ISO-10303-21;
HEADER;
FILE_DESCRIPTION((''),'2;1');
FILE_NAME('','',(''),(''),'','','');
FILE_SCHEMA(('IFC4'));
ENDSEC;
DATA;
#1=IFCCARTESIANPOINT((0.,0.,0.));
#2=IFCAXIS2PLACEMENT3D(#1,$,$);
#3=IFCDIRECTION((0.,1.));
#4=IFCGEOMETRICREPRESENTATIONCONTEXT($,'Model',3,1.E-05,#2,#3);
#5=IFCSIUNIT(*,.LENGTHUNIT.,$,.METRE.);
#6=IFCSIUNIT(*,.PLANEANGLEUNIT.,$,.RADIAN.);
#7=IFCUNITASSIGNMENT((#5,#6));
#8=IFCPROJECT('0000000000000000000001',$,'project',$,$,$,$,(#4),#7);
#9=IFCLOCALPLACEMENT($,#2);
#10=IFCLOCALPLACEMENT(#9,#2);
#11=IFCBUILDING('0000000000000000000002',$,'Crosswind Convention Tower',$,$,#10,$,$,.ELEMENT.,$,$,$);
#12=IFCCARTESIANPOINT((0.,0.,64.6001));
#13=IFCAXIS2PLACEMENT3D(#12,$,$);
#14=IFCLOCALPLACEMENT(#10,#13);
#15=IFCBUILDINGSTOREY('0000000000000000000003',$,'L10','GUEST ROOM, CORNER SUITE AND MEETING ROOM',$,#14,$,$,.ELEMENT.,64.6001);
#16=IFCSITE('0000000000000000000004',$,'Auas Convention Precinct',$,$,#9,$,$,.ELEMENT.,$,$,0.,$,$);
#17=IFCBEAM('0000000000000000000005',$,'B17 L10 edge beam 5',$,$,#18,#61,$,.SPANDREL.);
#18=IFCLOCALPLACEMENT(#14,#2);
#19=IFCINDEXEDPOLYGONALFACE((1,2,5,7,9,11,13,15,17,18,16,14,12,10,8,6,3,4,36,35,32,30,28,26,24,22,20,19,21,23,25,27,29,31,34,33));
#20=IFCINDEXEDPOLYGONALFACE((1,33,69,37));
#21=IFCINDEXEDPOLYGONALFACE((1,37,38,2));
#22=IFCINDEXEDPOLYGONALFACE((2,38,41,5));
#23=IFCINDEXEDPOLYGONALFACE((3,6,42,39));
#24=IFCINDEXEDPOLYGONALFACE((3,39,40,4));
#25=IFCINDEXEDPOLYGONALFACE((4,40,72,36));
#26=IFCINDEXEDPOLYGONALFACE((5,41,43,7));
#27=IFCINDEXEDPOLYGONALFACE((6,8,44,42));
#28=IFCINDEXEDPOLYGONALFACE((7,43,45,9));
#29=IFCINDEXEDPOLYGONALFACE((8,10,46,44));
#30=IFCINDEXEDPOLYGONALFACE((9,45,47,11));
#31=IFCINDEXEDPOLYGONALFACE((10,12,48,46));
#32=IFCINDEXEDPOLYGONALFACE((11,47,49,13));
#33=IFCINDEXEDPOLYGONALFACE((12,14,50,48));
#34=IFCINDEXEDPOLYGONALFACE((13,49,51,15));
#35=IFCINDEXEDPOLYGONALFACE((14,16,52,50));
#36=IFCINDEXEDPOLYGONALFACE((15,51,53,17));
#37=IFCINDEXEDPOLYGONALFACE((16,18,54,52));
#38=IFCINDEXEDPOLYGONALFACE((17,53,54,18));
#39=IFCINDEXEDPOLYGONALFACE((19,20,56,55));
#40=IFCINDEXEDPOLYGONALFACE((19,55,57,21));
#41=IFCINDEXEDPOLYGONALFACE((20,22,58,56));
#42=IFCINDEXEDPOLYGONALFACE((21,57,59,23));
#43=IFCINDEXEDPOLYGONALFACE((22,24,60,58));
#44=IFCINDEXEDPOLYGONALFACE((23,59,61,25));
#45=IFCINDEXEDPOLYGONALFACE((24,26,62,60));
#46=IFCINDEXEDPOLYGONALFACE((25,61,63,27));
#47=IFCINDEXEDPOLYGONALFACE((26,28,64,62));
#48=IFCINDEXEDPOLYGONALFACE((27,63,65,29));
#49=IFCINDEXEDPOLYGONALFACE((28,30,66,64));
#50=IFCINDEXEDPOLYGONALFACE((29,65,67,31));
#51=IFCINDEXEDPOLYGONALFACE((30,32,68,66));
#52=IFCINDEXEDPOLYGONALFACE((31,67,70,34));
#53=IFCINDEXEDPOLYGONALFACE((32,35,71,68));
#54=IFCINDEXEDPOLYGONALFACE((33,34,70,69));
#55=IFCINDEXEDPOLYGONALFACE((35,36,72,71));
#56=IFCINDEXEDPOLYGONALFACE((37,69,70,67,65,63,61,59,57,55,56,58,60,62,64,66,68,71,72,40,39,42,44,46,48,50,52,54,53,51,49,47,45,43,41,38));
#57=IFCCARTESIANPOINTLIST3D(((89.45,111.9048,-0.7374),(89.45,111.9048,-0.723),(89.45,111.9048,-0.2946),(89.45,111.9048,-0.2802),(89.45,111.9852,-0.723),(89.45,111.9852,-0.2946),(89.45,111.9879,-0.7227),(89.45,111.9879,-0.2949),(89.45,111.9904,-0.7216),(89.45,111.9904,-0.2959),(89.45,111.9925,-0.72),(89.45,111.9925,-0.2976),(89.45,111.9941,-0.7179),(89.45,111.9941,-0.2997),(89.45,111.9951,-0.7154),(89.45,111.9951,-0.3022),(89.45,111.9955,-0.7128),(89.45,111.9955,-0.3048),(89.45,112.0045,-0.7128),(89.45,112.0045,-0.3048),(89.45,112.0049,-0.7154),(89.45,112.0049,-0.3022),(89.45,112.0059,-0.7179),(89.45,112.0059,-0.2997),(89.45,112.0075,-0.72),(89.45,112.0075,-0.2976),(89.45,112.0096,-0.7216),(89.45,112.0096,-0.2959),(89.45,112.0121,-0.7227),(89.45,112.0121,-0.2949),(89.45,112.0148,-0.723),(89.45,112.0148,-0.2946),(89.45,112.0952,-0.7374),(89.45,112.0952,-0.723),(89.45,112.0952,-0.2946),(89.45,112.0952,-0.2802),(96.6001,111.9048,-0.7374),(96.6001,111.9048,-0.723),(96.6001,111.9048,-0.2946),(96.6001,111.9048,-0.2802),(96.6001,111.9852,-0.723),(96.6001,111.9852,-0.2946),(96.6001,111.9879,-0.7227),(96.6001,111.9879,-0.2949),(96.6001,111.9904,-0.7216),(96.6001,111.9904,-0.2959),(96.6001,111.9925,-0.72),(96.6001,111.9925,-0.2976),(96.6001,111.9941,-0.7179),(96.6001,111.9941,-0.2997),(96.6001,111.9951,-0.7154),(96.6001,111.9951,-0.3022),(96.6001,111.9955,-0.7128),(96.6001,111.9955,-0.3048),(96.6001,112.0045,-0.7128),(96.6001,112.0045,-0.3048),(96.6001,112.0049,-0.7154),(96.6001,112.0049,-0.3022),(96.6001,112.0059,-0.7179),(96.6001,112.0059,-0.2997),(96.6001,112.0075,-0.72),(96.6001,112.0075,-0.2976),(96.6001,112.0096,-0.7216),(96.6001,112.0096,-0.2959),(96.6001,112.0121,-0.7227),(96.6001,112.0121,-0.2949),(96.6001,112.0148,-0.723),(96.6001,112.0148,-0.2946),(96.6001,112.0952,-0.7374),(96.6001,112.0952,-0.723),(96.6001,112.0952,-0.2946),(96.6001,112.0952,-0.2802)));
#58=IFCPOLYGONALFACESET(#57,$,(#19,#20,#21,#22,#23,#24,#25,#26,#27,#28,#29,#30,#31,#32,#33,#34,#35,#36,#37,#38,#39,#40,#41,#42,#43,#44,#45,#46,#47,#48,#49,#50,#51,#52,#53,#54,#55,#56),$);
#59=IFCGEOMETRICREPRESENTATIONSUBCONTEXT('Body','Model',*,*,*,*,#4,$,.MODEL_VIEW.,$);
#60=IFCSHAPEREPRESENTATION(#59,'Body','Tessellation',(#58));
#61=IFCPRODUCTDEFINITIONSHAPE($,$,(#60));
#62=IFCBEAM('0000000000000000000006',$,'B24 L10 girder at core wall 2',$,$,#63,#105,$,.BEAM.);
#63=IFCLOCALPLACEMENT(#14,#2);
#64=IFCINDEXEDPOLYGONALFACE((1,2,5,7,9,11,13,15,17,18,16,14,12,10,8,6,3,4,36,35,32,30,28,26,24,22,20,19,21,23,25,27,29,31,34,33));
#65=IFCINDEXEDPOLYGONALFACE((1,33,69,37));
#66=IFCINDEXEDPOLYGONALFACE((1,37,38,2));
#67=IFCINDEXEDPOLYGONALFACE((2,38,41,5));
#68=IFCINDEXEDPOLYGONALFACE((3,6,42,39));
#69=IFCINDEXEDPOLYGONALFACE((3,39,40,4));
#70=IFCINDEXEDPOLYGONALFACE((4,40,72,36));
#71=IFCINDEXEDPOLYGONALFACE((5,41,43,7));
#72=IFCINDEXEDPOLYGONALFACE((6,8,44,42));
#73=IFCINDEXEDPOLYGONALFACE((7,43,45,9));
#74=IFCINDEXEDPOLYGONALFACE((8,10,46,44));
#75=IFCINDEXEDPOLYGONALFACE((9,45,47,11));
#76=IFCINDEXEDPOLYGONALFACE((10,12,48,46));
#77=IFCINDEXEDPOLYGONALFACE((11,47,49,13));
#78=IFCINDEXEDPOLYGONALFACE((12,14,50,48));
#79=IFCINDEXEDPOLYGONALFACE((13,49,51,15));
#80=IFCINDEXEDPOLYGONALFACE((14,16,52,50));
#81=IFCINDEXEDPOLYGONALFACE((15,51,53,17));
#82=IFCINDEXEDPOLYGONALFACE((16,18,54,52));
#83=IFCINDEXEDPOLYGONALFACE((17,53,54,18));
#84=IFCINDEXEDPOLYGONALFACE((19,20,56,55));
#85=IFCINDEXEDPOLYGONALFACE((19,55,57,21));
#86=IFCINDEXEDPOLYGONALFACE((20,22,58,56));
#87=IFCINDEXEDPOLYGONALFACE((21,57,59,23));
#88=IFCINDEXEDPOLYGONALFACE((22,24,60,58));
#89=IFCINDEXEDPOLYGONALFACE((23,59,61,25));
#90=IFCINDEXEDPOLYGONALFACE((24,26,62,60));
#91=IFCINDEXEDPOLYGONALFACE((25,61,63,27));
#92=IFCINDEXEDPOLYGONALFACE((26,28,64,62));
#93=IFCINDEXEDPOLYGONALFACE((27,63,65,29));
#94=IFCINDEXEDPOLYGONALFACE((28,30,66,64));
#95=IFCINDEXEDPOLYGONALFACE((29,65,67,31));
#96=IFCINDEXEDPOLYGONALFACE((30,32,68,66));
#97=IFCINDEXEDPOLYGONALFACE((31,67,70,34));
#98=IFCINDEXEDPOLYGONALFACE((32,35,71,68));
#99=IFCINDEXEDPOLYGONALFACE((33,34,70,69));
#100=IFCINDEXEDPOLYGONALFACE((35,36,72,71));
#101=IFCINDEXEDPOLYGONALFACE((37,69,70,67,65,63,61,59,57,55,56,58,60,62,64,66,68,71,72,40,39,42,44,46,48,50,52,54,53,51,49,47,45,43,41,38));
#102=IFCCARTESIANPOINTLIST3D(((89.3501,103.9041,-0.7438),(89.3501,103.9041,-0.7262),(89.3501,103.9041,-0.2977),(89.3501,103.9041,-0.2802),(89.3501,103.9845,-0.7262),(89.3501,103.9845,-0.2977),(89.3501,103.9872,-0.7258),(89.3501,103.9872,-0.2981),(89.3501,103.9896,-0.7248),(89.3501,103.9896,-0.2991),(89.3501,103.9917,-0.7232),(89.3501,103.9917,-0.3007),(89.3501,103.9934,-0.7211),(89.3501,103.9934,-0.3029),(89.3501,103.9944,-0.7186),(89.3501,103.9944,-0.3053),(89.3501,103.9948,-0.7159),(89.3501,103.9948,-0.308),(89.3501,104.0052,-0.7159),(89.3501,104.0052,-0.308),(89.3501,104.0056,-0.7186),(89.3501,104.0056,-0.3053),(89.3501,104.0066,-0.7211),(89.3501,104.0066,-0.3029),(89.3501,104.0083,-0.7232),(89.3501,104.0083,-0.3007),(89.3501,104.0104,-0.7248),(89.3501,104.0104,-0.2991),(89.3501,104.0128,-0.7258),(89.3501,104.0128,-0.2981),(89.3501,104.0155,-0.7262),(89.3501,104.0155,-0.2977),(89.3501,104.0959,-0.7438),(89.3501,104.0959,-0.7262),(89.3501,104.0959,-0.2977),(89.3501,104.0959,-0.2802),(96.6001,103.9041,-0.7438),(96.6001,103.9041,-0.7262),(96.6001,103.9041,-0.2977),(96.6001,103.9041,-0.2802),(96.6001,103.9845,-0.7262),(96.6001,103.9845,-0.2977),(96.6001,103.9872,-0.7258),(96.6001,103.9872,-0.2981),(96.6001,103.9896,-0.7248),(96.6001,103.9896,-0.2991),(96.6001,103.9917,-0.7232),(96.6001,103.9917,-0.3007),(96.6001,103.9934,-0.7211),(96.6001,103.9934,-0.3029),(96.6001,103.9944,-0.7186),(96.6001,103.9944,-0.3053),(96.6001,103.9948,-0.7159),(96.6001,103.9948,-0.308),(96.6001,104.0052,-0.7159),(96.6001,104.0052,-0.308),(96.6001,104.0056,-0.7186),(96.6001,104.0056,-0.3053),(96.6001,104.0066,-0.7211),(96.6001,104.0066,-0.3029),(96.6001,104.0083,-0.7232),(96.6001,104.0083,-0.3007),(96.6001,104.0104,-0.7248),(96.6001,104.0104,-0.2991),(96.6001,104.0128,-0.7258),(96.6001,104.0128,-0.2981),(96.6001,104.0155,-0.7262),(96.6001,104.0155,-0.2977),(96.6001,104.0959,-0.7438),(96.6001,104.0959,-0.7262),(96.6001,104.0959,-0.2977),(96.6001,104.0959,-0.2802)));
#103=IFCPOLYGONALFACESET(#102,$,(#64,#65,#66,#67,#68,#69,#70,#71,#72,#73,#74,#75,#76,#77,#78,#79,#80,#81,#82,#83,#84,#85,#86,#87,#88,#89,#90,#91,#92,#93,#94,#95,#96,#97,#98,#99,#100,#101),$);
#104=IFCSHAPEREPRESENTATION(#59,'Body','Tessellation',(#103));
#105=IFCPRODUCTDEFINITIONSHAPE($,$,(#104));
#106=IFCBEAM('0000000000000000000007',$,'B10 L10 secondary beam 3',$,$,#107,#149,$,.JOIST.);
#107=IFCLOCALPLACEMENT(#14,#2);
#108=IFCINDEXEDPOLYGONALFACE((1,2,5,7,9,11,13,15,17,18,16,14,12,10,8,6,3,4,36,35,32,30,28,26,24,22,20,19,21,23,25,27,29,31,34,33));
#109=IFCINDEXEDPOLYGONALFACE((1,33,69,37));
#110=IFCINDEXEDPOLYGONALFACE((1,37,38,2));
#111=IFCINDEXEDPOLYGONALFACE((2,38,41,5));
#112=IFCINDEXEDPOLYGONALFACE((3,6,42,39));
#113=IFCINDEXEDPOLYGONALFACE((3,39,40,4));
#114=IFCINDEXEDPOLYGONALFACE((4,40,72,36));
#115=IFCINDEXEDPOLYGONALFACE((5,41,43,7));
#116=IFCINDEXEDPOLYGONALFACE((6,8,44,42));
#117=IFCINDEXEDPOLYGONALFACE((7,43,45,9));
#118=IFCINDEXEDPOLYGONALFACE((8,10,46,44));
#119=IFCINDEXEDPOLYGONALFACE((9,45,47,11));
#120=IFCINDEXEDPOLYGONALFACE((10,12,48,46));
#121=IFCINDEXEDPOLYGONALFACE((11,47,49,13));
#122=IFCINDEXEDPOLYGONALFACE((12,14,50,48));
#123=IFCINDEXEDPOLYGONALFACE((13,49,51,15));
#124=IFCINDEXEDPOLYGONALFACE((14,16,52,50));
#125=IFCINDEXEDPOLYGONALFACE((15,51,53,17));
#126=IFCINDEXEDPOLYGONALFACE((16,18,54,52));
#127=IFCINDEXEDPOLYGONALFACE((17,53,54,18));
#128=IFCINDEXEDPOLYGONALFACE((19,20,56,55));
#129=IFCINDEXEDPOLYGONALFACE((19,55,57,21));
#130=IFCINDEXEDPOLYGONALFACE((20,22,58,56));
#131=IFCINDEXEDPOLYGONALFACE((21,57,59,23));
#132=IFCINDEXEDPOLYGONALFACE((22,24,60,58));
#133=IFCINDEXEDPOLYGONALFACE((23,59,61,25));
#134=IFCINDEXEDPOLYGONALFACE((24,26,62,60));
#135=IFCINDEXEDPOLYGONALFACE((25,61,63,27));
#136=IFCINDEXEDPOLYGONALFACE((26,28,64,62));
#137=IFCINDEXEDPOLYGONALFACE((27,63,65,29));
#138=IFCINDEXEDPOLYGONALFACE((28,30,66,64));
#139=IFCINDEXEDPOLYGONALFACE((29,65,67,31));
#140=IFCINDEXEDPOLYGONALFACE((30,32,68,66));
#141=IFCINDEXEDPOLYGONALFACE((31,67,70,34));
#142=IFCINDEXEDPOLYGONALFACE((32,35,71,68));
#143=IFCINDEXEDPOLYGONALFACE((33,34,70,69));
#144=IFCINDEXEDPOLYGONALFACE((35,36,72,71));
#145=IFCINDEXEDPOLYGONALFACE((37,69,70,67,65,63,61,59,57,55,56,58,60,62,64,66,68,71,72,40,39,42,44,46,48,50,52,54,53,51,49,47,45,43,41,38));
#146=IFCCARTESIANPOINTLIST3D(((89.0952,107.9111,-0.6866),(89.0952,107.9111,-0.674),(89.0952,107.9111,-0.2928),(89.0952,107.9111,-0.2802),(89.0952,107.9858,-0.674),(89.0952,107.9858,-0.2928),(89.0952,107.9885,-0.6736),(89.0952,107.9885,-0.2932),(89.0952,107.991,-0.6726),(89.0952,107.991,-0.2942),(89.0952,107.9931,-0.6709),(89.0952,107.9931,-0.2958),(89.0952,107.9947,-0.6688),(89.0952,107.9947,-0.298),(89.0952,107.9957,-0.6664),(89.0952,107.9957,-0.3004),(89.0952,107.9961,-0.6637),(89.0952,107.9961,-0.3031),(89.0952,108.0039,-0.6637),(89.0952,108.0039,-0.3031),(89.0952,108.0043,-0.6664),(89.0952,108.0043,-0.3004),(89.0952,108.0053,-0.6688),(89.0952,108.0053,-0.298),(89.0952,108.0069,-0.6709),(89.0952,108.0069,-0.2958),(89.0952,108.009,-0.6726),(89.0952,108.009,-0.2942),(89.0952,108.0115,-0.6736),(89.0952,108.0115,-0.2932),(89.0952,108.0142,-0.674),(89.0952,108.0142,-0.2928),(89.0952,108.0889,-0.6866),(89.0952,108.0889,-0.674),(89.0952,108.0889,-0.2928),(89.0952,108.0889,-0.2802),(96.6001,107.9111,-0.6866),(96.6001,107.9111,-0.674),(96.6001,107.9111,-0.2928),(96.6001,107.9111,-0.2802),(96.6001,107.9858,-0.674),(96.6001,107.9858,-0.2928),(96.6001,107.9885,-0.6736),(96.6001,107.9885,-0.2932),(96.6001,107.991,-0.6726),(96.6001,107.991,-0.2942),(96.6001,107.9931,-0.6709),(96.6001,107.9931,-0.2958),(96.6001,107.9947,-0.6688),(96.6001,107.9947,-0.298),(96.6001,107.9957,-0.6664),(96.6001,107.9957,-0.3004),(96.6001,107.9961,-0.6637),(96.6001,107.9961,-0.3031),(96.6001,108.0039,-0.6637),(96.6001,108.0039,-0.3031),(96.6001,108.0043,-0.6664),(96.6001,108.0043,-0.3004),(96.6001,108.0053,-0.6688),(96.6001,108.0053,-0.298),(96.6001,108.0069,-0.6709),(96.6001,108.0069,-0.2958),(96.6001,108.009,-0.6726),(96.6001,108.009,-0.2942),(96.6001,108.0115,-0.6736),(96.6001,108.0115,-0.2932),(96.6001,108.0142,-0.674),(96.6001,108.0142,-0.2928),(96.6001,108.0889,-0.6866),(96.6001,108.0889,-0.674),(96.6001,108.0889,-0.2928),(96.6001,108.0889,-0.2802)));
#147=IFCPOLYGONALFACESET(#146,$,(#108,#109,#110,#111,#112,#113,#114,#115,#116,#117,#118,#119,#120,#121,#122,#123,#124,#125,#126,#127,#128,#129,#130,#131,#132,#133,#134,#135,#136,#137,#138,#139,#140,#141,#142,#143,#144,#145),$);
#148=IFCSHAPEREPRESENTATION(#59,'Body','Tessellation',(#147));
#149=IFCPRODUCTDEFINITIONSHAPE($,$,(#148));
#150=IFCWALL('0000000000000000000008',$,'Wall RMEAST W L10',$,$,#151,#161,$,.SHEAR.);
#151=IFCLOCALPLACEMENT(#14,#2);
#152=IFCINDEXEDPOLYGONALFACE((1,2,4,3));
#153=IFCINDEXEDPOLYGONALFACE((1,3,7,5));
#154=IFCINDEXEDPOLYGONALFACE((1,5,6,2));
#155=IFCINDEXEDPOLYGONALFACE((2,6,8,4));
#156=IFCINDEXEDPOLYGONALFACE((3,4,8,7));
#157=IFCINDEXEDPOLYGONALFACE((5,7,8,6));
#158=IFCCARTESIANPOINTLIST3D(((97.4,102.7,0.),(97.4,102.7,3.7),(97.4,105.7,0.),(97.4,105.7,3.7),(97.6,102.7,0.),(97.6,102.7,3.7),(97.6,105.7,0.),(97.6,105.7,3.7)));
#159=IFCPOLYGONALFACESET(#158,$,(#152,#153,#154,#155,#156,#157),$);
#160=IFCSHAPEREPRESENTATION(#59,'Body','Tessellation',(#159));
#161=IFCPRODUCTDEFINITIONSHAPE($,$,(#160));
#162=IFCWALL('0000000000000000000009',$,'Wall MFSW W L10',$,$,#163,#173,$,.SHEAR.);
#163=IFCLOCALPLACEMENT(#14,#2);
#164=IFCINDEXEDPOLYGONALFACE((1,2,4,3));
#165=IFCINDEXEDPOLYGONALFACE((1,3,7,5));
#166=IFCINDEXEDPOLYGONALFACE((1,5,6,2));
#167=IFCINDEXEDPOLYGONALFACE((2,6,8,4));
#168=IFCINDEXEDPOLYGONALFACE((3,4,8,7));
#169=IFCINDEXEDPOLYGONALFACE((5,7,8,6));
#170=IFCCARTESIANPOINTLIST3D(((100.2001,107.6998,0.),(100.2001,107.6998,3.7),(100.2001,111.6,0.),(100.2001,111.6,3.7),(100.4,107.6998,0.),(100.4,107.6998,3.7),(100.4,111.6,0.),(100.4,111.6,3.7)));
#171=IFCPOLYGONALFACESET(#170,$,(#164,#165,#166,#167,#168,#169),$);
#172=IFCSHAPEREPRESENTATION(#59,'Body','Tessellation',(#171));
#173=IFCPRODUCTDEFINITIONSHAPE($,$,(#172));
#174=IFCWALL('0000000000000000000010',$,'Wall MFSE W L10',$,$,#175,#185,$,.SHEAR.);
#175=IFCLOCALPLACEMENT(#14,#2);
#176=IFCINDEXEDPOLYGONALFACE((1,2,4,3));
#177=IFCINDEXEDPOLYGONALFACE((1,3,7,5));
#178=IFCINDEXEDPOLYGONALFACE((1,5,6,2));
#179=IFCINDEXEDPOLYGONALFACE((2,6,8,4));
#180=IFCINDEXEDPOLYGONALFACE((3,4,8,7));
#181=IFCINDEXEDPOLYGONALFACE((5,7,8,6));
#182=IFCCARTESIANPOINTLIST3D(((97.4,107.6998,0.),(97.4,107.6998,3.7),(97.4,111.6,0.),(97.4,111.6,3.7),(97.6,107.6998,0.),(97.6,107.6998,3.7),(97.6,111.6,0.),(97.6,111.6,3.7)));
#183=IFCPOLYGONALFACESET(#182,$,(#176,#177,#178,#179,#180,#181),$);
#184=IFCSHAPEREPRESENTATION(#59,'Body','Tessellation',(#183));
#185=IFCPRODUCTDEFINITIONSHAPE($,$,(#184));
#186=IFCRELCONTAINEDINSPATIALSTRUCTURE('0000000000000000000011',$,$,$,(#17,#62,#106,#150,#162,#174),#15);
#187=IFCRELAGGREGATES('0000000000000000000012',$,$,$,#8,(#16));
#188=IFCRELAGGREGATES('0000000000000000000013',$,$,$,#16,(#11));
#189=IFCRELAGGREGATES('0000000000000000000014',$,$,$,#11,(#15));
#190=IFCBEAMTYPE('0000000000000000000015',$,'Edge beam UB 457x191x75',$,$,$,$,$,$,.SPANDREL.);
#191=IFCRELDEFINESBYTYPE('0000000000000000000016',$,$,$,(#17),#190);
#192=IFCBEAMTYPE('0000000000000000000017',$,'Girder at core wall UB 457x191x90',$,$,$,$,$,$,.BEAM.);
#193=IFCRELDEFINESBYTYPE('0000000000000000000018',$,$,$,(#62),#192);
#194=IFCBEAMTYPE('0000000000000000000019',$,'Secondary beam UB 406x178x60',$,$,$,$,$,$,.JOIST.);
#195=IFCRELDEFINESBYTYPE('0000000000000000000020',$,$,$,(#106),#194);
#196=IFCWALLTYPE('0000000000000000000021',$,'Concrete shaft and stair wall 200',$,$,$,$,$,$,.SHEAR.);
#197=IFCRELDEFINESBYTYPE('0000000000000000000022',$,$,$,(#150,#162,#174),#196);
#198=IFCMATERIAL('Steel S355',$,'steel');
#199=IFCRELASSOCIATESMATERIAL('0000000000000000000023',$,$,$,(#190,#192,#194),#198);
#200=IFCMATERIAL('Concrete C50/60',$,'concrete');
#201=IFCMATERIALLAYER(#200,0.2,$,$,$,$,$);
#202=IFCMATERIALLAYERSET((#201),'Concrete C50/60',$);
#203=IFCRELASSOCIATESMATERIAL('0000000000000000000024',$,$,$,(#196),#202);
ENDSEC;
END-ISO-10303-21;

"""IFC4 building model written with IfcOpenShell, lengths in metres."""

from ifc_helpers import new_model, si_unit, direction, frame, frame_2d, origin, origin_2d, place, context, subcontext, project, spatial, rectangle, i_section, extrude, material, layer, layer_set, material_profile, profile_set, type_object, element, save


model = new_model("IFC4")

# Units and contexts
model_context = context("Model", 3, precision=1e-05, world=origin(), true_north=direction((0.0, 1.0)))
body_context = subcontext(model_context, "Body", "Model", "MODEL_VIEW")
ifc_project = project(units=[si_unit("LENGTHUNIT", "METRE"), si_unit("PLANEANGLEUNIT", "RADIAN")], contexts=[model_context])

# Site, building, storey
site_placement = place(None, origin())
site = spatial("IfcSite", under=ifc_project, at=site_placement, Name="Auas Convention Precinct", CompositionType="ELEMENT", RefElevation=0.0)
building_placement = place(site_placement, origin())
building = spatial("IfcBuilding", under=site, at=building_placement, Name="Crosswind Convention Tower", CompositionType="ELEMENT")
storey_placement = place(building_placement, frame((0.0, 0.0, 64.6001)))
storey = spatial("IfcBuildingStorey", under=building, at=storey_placement, Name="L10", Description="GUEST ROOM, CORNER SUITE AND MEETING ROOM", CompositionType="ELEMENT", Elevation=64.6001)

# Beams
ifc_material_1 = material(Name="Steel S355", Category="steel")
ifc_material_profile_1 = material_profile(ifc_material_1, i_section(OverallWidth=0.1904, OverallDepth=0.4573, WebThickness=0.009, FlangeThickness=0.0144, FilletRadius=0.0103, at=origin_2d()), Name="UB 457x191x75")
ifc_profile_set_1 = profile_set([ifc_material_profile_1], Name="Steel S355")
beam_type_1 = type_object("IfcBeamType", Name="Edge beam UB 457x191x75", PredefinedType="SPANDREL", material=ifc_profile_set_1)
beam_1_placement = place(storey_placement, frame((89.45, 112.0, -0.5088), z_axis=(1.0, 0.0, 0.0), x_axis=(0.0, 1.0, 0.0)))
element("IfcBeam", 1, at=beam_1_placement, inside=storey, type_object=beam_type_1, Name="B17 L10 edge beam 5", PredefinedType="SPANDREL", context=body_context, shape_type="SweptSolid", body=[
    extrude(i_section(OverallWidth=0.1904, OverallDepth=0.4573, WebThickness=0.009, FlangeThickness=0.0144, FilletRadius=0.0103, at=origin_2d()), origin(), (0.0, 0.0, 1.0), 7.1501),
])
ifc_material_profile_2 = material_profile(ifc_material_1, i_section(OverallWidth=0.1919, OverallDepth=0.4636, WebThickness=0.0105, FlangeThickness=0.0176, FilletRadius=0.0103, at=origin_2d()), Name="UB 457x191x90")
ifc_profile_set_2 = profile_set([ifc_material_profile_2], Name="Steel S355")
beam_type_2 = type_object("IfcBeamType", Name="Girder at core wall UB 457x191x90", PredefinedType="BEAM", material=ifc_profile_set_2)
beam_2_placement = place(storey_placement, frame((89.3501, 104.0, -0.512), z_axis=(1.0, 0.0, 0.0), x_axis=(0.0, 1.0, 0.0)))
element("IfcBeam", 2, at=beam_2_placement, inside=storey, type_object=beam_type_2, Name="B24 L10 girder at core wall 2", PredefinedType="BEAM", context=body_context, shape_type="SweptSolid", body=[
    extrude(i_section(OverallWidth=0.1919, OverallDepth=0.4636, WebThickness=0.0105, FlangeThickness=0.0176, FilletRadius=0.0103, at=origin_2d()), origin(), (0.0, 0.0, 1.0), 7.25),
])
ifc_material_profile_3 = material_profile(ifc_material_1, i_section(OverallWidth=0.1777, OverallDepth=0.4065, WebThickness=0.0078, FlangeThickness=0.0127, FilletRadius=0.0103, at=origin_2d()), Name="UB 406x178x60")
ifc_profile_set_3 = profile_set([ifc_material_profile_3], Name="Steel S355")
beam_type_3 = type_object("IfcBeamType", Name="Secondary beam UB 406x178x60", PredefinedType="JOIST", material=ifc_profile_set_3)
beam_3_placement = place(storey_placement, frame((89.0952, 108.0, -0.4834), z_axis=(1.0, 0.0, 0.0), x_axis=(0.0, 1.0, 0.0)))
element("IfcBeam", 3, at=beam_3_placement, inside=storey, type_object=beam_type_3, Name="B10 L10 secondary beam 3", PredefinedType="JOIST", context=body_context, shape_type="SweptSolid", body=[
    extrude(i_section(OverallWidth=0.1777, OverallDepth=0.4065, WebThickness=0.0078, FlangeThickness=0.0127, FilletRadius=0.0103, at=origin_2d()), origin(), (0.0, 0.0, 1.0), 7.5049),
])

# Walls
ifc_material_2 = material(Name="Concrete C50/60", Category="concrete")
ifc_layer_1 = layer(ifc_material_2, 0.2)
ifc_layer_set_1 = layer_set([ifc_layer_1], Name="Concrete C50/60")
wall_type_1 = type_object("IfcWallType", Name="Concrete shaft and stair wall 200", PredefinedType="SHEAR", material=ifc_layer_set_1)
wall_1_placement = place(storey_placement, frame((97.5, 105.7, 0.0), z_axis=(0.0, 0.0, 1.0), x_axis=(0.0, -1.0, 0.0)))
element("IfcWall", 4, at=wall_1_placement, inside=storey, type_object=wall_type_1, Name="Wall RMEAST W L10", PredefinedType="SHEAR", context=body_context, shape_type="SweptSolid", body=[
    extrude(rectangle(XDim=3.0, YDim=0.2, at=frame_2d((1.5, 0.0))), origin(), (0.0, 0.0, 1.0), 3.7),
])
for number, where, z_axis, x_axis, name in (
    (5, (100.3, 111.6001, 0.0), (0.0, 0.0, 1.0), (0.0, -1.0, 0.0), "Wall MFSW W L10"),
    (6, (97.5, 111.6001, 0.0), (0.0, 0.0, 1.0), (0.0, -1.0, 0.0), "Wall MFSE W L10"),
):
    element("IfcWall", number, at=place(storey_placement, frame(where, z_axis=z_axis, x_axis=x_axis)), inside=storey, type_object=wall_type_1, Name=name, PredefinedType="SHEAR", context=body_context, shape_type="SweptSolid", body=[
        extrude(rectangle(XDim=3.9001, YDim=0.2, at=frame_2d((1.9502, 0.0))), origin(), (0.0, 0.0, 1.0), 3.7),
    ])

save(model, "model.ifc")
